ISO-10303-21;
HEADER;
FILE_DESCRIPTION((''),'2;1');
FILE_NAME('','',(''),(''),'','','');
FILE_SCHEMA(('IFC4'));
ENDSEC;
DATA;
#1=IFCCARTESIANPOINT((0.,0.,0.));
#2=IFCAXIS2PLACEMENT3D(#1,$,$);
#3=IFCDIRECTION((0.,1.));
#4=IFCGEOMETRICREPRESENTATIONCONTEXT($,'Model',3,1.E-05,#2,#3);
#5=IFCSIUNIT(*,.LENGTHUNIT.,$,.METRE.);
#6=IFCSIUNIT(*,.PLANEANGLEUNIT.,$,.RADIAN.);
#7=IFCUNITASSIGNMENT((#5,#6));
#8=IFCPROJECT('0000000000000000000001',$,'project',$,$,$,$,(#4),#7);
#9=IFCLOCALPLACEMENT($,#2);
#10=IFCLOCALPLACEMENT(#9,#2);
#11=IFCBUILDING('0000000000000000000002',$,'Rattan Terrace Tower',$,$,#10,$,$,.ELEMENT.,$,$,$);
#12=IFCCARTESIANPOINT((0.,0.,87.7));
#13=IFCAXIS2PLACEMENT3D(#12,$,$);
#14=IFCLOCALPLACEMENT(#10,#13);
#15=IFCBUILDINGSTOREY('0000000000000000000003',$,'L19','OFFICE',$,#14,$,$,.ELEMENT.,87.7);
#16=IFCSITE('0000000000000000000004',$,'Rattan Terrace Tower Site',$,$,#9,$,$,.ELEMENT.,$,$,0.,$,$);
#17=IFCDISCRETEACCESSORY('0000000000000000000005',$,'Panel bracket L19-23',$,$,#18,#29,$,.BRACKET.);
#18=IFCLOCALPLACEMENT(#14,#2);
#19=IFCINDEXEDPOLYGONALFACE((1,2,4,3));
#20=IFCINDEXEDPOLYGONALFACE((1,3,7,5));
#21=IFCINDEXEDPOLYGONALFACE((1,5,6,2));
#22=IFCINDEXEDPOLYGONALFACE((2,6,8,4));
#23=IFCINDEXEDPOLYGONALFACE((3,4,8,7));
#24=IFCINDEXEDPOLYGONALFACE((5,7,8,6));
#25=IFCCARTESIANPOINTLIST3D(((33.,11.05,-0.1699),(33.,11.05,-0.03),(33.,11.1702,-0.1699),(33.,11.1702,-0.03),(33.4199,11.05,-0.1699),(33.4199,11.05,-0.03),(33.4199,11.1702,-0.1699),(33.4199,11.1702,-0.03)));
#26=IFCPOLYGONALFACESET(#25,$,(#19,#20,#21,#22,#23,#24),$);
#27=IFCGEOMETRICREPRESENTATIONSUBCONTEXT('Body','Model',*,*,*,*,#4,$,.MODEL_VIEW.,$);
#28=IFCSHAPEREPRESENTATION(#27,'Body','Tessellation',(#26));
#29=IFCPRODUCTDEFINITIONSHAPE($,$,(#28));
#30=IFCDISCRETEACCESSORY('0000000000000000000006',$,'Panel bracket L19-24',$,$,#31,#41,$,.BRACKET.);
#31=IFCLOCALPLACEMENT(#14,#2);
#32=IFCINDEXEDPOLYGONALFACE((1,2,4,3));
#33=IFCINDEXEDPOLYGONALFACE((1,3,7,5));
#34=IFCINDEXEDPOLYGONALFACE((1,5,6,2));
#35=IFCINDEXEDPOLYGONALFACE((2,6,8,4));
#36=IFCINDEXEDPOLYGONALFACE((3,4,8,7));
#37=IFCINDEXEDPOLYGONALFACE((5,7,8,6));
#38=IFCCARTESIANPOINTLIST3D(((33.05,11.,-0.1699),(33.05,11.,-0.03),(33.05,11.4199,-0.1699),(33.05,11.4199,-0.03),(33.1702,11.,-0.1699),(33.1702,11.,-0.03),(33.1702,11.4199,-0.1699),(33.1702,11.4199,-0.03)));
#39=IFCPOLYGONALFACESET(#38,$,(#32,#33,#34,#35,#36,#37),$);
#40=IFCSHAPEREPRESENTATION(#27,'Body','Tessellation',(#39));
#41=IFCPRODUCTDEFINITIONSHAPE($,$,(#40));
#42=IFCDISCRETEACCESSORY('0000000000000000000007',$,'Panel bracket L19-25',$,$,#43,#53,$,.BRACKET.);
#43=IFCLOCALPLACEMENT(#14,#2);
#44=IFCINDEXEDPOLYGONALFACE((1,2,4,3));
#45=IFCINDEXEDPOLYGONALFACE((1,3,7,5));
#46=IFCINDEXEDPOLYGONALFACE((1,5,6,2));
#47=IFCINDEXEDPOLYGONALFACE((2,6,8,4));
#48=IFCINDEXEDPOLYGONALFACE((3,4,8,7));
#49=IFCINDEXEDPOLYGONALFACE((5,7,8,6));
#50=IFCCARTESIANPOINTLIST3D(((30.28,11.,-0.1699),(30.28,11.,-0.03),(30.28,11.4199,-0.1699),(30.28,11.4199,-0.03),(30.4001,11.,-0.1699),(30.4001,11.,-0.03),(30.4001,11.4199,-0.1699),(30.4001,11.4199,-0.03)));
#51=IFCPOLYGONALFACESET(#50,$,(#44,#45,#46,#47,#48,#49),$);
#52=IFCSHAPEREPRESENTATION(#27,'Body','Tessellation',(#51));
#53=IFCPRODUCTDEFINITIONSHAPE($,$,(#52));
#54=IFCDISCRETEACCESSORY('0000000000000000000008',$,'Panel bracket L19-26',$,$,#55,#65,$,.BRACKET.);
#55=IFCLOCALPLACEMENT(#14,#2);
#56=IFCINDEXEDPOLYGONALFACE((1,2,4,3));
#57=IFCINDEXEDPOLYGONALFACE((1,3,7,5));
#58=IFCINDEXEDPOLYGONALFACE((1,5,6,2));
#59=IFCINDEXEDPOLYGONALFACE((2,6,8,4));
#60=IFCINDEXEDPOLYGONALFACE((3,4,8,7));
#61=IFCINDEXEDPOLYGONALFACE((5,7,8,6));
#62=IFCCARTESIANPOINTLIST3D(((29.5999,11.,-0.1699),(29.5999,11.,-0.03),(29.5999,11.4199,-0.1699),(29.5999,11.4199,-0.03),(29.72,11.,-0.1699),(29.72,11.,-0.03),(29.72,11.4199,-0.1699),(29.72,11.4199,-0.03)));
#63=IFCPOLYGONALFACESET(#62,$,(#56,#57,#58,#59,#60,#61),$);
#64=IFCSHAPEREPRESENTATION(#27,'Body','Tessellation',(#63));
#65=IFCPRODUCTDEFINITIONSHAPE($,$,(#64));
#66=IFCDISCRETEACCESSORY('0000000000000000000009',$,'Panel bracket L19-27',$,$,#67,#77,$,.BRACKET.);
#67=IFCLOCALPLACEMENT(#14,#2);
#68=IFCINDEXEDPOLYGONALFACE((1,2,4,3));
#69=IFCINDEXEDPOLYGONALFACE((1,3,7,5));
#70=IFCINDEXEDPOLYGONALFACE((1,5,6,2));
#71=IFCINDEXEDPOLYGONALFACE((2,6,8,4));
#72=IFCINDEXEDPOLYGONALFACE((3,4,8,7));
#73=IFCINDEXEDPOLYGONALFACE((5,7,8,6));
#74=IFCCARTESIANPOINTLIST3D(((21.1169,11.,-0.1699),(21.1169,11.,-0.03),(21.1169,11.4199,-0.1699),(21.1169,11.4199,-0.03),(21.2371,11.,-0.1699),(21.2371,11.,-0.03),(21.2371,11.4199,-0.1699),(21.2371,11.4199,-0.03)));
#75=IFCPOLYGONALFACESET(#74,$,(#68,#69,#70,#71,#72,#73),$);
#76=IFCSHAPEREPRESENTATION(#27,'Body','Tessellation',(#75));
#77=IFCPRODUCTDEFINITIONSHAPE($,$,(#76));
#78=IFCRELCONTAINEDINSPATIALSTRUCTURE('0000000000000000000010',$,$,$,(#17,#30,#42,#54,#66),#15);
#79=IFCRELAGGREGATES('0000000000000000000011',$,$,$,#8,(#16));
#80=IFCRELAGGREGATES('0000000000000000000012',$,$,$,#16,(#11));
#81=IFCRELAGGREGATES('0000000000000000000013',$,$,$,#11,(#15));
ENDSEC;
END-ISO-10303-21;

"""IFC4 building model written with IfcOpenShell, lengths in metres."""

from ifc_helpers import new_model, si_unit, direction, frame, origin, origin_2d, place, context, subcontext, project, spatial, rectangle, extrude, element, save


model = new_model("IFC4")

# Units and contexts
model_context = context("Model", 3, precision=1e-05, world=origin(), true_north=direction((0.0, 1.0)))
body_context = subcontext(model_context, "Body", "Model", "MODEL_VIEW")
ifc_project = project(units=[si_unit("LENGTHUNIT", "METRE"), si_unit("PLANEANGLEUNIT", "RADIAN")], contexts=[model_context])

# Site, building, storey
site_placement = place(None, origin())
site = spatial("IfcSite", under=ifc_project, at=site_placement, Name="Rattan Terrace Tower Site", CompositionType="ELEMENT", RefElevation=0.0)
building_placement = place(site_placement, origin())
building = spatial("IfcBuilding", under=site, at=building_placement, Name="Rattan Terrace Tower", CompositionType="ELEMENT")
storey_placement = place(building_placement, frame((0.0, 0.0, 87.7)))
storey = spatial("IfcBuildingStorey", under=building, at=storey_placement, Name="L19", Description="OFFICE", CompositionType="ELEMENT", Elevation=87.7)

# Discrete accessories
for number, where, z_axis, x_axis, name in (
    (1, (33.21, 11.1101, -0.1699), (0.0, 0.0, 1.0), (0.0, 1.0, 0.0), "Panel bracket L19-23"),
    (2, (33.1101, 11.21, -0.1699), (0.0, 0.0, 1.0), (-1.0, 0.0, 0.0), "Panel bracket L19-24"),
    (3, (30.3401, 11.21, -0.1699), (0.0, 0.0, 1.0), (-1.0, 0.0, 0.0), "Panel bracket L19-25"),
    (4, (29.6599, 11.21, -0.1699), (0.0, 0.0, 1.0), (-1.0, 0.0, 0.0), "Panel bracket L19-26"),
    (5, (21.177, 11.21, -0.1699), (0.0, 0.0, 1.0), (-1.0, 0.0, 0.0), "Panel bracket L19-27"),
):
    element("IfcDiscreteAccessory", number, at=place(storey_placement, frame(where, z_axis=z_axis, x_axis=x_axis)), inside=storey, Name=name, PredefinedType="BRACKET", context=body_context, shape_type="SweptSolid", body=[
        extrude(rectangle(XDim=0.1201, YDim=0.4199, at=origin_2d()), origin(), (0.0, 0.0, 1.0), 0.1399),
    ])

save(model, "model.ifc")
